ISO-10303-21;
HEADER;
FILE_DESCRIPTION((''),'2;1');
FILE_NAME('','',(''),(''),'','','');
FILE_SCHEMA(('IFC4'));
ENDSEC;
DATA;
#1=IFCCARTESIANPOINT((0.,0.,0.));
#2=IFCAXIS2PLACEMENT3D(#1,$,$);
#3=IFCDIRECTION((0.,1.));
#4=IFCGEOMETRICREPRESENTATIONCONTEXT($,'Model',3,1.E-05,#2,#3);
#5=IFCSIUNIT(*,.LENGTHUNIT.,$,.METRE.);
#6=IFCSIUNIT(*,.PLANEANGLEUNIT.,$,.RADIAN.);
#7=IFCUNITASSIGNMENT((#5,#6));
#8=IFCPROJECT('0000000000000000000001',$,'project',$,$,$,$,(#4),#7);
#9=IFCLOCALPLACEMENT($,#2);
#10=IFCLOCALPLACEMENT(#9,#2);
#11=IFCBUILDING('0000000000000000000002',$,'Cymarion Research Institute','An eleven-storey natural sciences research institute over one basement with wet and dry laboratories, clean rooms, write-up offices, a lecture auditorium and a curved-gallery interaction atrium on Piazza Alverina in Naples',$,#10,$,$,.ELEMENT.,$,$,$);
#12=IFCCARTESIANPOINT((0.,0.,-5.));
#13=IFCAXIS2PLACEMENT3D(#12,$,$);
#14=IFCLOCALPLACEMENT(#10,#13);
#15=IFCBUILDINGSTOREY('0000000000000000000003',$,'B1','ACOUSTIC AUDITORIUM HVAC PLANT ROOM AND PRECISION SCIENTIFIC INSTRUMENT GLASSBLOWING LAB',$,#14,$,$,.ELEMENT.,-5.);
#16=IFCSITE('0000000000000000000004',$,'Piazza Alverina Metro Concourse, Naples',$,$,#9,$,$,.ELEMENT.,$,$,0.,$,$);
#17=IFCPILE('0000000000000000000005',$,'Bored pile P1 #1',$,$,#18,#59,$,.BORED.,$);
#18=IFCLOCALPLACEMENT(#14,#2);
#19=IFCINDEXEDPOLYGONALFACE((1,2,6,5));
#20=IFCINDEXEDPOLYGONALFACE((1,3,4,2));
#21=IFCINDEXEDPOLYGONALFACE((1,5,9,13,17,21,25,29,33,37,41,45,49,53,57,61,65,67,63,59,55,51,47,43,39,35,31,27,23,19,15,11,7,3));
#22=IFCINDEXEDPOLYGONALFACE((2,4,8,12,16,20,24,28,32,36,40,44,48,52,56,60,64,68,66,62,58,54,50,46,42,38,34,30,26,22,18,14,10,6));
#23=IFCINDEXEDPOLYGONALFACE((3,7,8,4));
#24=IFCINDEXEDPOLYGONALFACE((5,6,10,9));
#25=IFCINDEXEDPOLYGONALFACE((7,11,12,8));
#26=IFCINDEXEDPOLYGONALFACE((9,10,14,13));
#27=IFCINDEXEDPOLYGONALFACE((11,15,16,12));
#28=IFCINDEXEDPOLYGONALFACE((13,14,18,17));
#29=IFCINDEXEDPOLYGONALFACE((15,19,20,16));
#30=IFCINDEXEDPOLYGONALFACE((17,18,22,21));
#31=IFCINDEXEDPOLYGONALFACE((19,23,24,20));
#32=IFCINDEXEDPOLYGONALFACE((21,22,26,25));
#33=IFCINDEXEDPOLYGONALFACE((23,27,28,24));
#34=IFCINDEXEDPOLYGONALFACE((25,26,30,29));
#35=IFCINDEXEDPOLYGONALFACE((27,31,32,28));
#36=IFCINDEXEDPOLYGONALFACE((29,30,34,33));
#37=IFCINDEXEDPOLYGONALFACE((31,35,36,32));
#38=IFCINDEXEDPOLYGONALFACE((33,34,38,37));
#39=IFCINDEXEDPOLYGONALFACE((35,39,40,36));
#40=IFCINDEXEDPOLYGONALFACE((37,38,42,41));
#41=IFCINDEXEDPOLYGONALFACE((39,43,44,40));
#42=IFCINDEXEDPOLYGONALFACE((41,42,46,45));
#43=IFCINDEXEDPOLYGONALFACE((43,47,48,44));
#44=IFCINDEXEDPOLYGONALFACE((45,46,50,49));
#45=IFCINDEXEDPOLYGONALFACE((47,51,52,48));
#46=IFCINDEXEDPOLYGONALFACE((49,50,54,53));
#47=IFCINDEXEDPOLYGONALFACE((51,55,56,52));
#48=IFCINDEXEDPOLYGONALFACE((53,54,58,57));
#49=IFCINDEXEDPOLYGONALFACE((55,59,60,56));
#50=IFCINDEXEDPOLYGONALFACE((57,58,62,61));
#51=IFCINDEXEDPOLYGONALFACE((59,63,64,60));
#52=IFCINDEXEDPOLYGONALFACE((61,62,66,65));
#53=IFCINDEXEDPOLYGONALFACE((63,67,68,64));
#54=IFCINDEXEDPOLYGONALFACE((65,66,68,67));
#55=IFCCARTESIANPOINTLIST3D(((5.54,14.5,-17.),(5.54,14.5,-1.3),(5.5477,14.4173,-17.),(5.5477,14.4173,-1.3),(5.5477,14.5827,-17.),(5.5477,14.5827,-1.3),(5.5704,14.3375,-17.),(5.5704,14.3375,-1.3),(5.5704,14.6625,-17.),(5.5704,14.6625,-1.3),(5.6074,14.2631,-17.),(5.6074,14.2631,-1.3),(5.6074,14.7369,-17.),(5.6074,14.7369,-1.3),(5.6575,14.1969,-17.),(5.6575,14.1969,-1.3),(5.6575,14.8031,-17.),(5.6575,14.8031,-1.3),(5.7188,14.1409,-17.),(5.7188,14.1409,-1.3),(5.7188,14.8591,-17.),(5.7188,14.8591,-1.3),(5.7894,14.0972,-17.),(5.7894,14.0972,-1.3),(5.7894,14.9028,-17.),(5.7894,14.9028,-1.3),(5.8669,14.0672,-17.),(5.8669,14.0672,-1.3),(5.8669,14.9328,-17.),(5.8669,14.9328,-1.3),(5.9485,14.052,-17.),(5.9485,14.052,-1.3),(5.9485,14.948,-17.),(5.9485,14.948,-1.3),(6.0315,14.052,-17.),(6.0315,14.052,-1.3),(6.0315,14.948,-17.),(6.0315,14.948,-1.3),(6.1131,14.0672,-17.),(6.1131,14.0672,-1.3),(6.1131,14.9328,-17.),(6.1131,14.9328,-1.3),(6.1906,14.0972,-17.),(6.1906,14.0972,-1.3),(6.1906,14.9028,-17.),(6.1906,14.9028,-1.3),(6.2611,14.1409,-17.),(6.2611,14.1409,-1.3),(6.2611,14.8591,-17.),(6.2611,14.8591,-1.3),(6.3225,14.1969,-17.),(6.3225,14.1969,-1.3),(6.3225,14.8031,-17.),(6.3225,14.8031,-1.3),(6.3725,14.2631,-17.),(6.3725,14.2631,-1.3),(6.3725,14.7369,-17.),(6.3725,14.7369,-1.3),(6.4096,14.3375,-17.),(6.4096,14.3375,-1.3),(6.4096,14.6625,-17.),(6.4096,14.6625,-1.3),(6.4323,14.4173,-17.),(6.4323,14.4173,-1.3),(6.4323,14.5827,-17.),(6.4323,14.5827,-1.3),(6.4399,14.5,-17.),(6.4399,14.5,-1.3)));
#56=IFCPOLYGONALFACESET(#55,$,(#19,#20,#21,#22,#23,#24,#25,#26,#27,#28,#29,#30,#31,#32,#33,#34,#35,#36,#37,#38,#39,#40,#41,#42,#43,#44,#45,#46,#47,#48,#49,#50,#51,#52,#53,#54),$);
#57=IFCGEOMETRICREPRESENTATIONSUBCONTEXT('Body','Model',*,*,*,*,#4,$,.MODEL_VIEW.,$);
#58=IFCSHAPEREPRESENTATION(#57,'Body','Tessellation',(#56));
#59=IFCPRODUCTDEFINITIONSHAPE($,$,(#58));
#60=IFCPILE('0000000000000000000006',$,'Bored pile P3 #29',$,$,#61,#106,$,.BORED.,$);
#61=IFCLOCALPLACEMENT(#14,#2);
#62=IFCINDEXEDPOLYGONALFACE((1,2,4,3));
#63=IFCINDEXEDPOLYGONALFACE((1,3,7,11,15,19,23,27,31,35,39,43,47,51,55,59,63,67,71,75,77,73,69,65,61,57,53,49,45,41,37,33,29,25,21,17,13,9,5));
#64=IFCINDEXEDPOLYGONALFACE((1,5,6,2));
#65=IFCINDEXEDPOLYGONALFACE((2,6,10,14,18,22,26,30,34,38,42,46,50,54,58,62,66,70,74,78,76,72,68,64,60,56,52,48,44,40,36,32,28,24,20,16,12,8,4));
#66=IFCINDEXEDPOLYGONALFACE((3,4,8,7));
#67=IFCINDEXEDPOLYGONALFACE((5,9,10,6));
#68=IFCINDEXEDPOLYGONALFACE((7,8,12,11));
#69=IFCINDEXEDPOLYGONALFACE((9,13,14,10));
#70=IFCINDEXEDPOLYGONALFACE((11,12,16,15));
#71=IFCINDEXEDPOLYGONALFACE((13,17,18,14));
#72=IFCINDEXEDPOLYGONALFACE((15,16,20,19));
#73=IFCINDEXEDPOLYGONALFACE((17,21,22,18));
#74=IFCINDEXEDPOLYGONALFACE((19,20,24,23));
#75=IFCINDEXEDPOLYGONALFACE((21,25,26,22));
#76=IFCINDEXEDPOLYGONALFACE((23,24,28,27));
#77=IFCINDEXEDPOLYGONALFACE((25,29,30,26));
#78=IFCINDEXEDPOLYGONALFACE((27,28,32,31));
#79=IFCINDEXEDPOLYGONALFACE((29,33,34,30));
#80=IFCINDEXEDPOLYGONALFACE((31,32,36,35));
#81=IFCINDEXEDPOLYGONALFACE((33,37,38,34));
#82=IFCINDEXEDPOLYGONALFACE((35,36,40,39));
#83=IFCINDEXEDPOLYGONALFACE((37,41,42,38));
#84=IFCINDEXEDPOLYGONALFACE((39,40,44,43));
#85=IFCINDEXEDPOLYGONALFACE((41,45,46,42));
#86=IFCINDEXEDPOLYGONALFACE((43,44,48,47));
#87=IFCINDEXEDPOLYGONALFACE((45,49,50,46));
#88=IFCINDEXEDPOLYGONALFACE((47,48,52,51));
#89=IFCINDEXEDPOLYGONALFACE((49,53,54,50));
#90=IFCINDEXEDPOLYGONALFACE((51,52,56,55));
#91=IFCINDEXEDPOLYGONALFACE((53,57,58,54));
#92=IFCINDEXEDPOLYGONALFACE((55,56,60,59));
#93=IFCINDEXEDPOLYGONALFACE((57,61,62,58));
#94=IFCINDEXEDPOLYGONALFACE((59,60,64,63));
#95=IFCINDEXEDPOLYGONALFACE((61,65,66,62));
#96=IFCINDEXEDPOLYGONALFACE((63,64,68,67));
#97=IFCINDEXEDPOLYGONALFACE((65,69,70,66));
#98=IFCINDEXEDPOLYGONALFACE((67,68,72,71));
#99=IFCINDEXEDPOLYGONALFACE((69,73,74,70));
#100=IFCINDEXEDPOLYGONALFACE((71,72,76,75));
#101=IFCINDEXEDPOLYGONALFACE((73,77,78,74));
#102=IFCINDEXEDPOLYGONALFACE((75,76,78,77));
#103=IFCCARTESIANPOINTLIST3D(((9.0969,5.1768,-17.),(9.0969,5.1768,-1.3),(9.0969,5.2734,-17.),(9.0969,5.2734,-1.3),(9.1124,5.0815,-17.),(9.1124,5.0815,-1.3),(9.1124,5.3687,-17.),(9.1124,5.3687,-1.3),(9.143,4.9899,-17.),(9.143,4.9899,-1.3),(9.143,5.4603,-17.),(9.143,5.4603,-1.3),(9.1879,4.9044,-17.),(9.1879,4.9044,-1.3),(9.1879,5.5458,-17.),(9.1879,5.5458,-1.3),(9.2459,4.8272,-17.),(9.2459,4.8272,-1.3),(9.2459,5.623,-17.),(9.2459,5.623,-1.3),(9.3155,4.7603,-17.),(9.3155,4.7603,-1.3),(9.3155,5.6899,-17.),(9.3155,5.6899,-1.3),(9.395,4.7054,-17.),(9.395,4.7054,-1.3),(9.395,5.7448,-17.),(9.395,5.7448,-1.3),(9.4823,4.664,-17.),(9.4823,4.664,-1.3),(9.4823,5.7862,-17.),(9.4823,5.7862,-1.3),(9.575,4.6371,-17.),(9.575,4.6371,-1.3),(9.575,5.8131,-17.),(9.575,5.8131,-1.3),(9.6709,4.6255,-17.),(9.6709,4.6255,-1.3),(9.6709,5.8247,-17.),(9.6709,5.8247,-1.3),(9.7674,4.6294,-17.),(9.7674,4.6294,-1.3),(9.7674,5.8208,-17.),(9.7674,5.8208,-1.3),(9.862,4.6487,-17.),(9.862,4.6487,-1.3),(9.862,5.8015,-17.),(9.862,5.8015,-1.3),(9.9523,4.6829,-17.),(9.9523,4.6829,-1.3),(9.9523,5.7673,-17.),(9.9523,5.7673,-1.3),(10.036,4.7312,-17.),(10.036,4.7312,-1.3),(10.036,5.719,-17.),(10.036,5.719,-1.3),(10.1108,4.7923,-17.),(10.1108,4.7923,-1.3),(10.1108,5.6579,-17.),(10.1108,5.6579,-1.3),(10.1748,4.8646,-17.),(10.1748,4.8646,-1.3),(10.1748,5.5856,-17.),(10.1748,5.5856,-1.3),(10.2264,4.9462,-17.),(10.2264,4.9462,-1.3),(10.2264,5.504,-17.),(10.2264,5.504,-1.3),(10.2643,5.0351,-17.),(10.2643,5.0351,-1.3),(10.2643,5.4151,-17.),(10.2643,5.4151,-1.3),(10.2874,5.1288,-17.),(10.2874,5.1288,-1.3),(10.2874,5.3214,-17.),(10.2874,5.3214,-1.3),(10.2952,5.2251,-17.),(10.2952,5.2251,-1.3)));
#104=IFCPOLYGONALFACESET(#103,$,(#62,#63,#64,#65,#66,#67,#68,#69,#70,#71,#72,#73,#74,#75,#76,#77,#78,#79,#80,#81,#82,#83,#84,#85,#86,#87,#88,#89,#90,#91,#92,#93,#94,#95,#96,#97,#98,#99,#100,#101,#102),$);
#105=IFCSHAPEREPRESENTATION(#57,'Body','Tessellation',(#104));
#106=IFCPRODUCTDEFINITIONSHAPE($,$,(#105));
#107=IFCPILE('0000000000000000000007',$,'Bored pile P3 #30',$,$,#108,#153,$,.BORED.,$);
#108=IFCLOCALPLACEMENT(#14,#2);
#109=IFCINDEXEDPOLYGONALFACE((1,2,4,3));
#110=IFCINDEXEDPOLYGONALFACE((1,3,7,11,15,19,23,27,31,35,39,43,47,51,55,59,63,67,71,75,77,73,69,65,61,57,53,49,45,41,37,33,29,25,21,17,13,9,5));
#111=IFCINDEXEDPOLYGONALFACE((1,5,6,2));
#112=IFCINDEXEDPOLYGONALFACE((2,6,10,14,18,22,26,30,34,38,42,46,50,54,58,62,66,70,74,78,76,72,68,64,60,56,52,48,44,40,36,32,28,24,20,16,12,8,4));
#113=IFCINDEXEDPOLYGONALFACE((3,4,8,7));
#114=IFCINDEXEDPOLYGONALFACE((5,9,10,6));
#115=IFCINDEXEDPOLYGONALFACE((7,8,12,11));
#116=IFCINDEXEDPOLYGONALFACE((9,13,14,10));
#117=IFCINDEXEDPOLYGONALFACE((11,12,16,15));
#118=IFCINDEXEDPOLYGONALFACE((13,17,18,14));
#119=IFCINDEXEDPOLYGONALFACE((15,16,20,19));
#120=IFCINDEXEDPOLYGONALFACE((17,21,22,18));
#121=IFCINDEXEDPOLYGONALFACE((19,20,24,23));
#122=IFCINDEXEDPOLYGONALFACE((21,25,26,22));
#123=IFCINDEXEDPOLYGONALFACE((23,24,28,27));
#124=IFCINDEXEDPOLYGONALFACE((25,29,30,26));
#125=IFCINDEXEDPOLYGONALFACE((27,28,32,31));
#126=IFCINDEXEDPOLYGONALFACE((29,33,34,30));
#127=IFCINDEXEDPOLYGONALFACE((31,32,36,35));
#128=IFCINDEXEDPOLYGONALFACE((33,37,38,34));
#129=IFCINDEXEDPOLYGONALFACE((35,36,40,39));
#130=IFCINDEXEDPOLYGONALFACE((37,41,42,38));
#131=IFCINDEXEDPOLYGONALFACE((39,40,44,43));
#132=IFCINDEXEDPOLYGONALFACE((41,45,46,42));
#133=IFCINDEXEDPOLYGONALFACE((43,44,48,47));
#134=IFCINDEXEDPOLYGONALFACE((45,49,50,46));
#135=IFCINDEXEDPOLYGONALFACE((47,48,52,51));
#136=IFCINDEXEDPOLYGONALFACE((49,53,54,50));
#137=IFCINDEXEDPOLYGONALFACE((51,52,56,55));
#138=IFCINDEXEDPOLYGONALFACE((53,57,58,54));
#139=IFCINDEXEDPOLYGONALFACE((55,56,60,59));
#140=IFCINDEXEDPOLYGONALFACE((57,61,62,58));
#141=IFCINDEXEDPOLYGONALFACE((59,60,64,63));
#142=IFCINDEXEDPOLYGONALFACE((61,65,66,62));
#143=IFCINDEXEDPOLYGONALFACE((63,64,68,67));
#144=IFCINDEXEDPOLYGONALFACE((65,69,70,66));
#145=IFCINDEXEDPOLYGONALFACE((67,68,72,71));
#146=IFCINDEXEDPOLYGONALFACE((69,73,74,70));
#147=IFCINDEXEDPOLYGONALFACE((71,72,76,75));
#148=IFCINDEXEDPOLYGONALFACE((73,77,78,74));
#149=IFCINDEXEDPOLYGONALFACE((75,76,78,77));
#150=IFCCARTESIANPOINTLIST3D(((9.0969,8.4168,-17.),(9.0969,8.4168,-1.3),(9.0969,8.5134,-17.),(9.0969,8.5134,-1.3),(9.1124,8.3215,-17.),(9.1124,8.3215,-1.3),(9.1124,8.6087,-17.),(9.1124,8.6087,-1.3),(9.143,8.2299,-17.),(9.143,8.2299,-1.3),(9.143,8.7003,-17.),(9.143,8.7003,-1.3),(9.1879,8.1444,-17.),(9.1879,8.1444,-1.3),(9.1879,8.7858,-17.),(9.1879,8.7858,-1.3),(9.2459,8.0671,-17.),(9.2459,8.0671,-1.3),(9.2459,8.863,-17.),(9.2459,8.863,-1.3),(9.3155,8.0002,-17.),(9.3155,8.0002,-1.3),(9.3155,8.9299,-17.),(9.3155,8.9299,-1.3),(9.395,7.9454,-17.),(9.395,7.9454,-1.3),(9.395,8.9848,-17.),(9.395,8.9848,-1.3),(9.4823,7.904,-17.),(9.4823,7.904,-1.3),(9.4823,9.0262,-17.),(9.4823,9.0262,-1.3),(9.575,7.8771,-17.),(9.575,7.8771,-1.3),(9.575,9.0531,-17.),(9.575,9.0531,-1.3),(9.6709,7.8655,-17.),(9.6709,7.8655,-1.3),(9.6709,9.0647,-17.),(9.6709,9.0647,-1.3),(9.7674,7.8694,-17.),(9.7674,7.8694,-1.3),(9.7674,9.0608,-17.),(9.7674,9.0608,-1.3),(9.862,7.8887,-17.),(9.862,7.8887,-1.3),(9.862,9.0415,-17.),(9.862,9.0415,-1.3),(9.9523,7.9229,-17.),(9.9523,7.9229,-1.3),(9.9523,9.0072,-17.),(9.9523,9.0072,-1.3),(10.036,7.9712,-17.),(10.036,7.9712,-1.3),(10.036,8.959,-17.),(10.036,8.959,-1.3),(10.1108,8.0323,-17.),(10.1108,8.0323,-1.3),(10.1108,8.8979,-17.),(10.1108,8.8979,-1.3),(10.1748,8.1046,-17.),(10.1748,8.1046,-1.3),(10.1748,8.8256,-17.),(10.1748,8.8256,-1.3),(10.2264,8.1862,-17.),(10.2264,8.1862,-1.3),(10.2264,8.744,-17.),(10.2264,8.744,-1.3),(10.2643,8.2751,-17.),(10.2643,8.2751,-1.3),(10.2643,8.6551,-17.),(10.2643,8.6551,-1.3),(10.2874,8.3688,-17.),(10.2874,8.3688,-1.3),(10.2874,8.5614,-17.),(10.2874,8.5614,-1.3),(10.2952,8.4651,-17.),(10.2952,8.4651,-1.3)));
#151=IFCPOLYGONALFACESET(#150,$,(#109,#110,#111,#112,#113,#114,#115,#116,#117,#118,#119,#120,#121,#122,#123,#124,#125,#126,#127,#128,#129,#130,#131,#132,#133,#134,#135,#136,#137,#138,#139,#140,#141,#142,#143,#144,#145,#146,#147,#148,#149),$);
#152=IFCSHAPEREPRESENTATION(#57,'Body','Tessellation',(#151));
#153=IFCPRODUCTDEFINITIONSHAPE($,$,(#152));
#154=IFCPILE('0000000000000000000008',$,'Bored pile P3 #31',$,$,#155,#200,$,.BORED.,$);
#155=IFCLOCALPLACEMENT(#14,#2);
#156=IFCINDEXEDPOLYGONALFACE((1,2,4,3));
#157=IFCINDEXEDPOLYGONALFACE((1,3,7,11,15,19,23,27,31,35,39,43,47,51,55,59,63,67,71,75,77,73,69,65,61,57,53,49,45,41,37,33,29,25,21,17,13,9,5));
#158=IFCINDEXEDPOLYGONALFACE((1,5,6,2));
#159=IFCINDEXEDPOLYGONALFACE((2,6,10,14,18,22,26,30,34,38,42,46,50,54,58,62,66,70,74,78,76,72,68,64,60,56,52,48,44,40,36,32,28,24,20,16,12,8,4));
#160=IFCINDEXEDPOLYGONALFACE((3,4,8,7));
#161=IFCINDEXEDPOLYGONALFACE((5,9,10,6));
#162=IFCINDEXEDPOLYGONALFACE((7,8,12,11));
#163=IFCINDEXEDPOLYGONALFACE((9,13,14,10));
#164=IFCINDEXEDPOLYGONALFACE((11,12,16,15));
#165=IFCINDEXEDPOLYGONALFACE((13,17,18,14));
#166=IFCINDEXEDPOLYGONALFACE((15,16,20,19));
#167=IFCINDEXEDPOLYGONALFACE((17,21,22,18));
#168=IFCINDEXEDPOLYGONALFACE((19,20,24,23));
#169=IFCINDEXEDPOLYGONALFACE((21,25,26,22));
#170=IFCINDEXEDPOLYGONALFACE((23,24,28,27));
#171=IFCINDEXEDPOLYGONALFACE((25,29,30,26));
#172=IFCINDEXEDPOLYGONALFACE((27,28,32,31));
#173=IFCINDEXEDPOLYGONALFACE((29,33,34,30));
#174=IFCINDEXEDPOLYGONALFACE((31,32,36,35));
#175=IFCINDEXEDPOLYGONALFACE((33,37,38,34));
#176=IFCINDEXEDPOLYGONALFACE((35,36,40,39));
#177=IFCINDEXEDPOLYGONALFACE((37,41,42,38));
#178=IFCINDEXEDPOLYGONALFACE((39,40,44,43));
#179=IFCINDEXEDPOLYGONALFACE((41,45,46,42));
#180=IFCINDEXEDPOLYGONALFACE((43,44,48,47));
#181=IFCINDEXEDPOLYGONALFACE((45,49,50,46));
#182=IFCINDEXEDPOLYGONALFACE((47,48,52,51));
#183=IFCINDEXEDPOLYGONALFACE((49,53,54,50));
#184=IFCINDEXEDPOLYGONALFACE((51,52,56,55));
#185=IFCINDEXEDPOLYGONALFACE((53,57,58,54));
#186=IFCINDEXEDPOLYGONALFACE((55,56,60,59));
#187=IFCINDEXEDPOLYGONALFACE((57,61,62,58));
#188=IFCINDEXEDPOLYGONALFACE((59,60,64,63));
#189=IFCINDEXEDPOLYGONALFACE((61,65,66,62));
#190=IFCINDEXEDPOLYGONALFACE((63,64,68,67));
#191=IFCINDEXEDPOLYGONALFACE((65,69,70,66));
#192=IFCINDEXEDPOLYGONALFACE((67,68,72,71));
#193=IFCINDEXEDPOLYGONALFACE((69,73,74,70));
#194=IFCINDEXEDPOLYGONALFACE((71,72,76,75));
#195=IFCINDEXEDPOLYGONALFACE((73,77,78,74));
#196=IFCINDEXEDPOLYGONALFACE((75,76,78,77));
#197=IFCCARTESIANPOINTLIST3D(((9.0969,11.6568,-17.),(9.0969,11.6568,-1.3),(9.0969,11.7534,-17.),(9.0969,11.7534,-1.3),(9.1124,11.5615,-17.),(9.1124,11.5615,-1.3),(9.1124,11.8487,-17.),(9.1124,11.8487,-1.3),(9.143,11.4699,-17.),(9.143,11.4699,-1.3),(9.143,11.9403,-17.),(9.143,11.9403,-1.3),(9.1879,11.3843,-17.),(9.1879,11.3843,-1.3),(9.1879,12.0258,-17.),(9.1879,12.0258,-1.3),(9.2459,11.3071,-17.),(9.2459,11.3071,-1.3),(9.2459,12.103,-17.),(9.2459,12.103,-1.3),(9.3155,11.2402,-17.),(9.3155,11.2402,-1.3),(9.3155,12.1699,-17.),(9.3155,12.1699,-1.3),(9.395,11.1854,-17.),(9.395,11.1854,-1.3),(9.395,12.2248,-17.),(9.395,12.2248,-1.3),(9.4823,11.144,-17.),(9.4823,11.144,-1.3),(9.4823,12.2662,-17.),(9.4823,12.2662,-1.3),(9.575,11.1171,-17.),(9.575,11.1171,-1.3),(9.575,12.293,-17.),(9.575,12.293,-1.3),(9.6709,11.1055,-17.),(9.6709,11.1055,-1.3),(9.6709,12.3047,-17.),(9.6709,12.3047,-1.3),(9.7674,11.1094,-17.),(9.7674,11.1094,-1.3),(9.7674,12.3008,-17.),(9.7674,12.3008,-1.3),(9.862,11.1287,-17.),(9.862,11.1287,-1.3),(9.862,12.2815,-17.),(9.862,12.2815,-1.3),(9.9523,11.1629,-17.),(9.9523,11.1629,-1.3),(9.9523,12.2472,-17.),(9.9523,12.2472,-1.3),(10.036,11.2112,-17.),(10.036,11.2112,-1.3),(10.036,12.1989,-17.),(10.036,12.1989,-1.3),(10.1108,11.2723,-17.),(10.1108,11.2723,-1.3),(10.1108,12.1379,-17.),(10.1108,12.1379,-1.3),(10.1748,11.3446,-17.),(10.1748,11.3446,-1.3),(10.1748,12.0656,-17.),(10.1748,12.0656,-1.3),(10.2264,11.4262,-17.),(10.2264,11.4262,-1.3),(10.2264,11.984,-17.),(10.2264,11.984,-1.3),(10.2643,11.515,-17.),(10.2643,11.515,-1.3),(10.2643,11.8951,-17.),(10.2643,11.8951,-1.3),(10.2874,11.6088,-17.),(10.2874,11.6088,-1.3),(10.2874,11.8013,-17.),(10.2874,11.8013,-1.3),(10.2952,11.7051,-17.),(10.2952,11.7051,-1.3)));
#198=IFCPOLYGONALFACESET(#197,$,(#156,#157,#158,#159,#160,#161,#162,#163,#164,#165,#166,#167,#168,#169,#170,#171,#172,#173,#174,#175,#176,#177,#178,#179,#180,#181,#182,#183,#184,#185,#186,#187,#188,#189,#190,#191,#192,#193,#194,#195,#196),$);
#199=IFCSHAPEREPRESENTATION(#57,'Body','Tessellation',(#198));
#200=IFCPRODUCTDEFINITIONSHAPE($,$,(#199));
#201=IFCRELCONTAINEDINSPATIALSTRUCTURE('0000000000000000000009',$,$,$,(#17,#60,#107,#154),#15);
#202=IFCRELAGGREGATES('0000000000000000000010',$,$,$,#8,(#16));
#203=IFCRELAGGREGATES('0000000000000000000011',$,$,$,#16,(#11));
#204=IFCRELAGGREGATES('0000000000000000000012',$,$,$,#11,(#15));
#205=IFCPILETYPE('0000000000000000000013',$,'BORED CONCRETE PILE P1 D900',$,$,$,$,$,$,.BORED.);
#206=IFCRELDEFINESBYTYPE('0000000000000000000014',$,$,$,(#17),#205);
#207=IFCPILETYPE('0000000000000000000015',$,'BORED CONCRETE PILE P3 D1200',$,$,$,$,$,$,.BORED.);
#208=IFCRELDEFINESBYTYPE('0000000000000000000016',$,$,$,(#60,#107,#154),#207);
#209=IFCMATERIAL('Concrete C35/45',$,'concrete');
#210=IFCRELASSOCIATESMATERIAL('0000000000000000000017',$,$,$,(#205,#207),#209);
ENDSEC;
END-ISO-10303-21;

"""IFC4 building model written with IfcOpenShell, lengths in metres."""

from ifc_helpers import new_model, si_unit, direction, frame, origin, origin_2d, place, context, subcontext, project, spatial, circle, extrude, material, material_profile, profile_set, type_object, element, save


model = new_model("IFC4")

# Units and contexts
model_context = context("Model", 3, precision=1e-05, world=origin(), true_north=direction((0.0, 1.0)))
body_context = subcontext(model_context, "Body", "Model", "MODEL_VIEW")
ifc_project = project(units=[si_unit("LENGTHUNIT", "METRE"), si_unit("PLANEANGLEUNIT", "RADIAN")], contexts=[model_context])

# Site, building, storey
site_placement = place(None, origin())
site = spatial("IfcSite", under=ifc_project, at=site_placement, Name="Piazza Alverina Metro Concourse, Naples", CompositionType="ELEMENT", RefElevation=0.0)
building_placement = place(site_placement, origin())
building = spatial("IfcBuilding", under=site, at=building_placement, Name="Cymarion Research Institute", Description="An eleven-storey natural sciences research institute over one basement with wet and dry laboratories, clean rooms, write-up offices, a lecture auditorium and a curved-gallery interaction atrium on Piazza Alverina in Naples", CompositionType="ELEMENT")
storey_placement = place(building_placement, frame((0.0, 0.0, -5.0)))
storey = spatial("IfcBuildingStorey", under=building, at=storey_placement, Name="B1", Description="ACOUSTIC AUDITORIUM HVAC PLANT ROOM AND PRECISION SCIENTIFIC INSTRUMENT GLASSBLOWING LAB", CompositionType="ELEMENT", Elevation=-5.0)

# Piles
ifc_material_1 = material(Name="Concrete C35/45", Category="concrete")
ifc_material_profile_1 = material_profile(ifc_material_1, circle(Radius=0.45, at=origin_2d()), Name="BORED PILE D900")
ifc_profile_set_1 = profile_set([ifc_material_profile_1], Name="Concrete C35/45")
pile_type_1 = type_object("IfcPileType", Name="BORED CONCRETE PILE P1 D900", PredefinedType="BORED", material=ifc_profile_set_1)
pile_placement = place(storey_placement, frame((5.99, 14.5, -1.3), z_axis=(0.0, 0.0, -1.0), x_axis=(1.0, 0.0, 0.0)))
element("IfcPile", 1, at=pile_placement, inside=storey, type_object=pile_type_1, Name="Bored pile P1 #1", PredefinedType="BORED", context=body_context, shape_type="SweptSolid", body=[
    extrude(circle(Radius=0.45, at=origin_2d()), origin(), (0.0, 0.0, 1.0), 15.7),
])
ifc_material_profile_2 = material_profile(ifc_material_1, circle(Radius=0.6001, at=origin_2d()), Name="BORED PILE D1200")
ifc_profile_set_2 = profile_set([ifc_material_profile_2], Name="Concrete C35/45")
pile_type_2 = type_object("IfcPileType", Name="BORED CONCRETE PILE P3 D1200", PredefinedType="BORED", material=ifc_profile_set_2)
for number, where, z_axis, x_axis, name in (
    (2, (9.6951, 5.2251, -1.3), (0.0, 0.0, -1.0), (1.0, 0.0, 0.0), "Bored pile P3 #29"),
    (3, (9.6951, 8.4651, -1.3), (0.0, 0.0, -1.0), (1.0, 0.0, 0.0), "Bored pile P3 #30"),
    (4, (9.6951, 11.7051, -1.3), (0.0, 0.0, -1.0), (1.0, 0.0, 0.0), "Bored pile P3 #31"),
):
    element("IfcPile", number, at=place(storey_placement, frame(where, z_axis=z_axis, x_axis=x_axis)), inside=storey, type_object=pile_type_2, Name=name, PredefinedType="BORED", context=body_context, shape_type="SweptSolid", body=[
        extrude(circle(Radius=0.6001, at=origin_2d()), origin(), (0.0, 0.0, 1.0), 15.7),
    ])

save(model, "model.ifc")
